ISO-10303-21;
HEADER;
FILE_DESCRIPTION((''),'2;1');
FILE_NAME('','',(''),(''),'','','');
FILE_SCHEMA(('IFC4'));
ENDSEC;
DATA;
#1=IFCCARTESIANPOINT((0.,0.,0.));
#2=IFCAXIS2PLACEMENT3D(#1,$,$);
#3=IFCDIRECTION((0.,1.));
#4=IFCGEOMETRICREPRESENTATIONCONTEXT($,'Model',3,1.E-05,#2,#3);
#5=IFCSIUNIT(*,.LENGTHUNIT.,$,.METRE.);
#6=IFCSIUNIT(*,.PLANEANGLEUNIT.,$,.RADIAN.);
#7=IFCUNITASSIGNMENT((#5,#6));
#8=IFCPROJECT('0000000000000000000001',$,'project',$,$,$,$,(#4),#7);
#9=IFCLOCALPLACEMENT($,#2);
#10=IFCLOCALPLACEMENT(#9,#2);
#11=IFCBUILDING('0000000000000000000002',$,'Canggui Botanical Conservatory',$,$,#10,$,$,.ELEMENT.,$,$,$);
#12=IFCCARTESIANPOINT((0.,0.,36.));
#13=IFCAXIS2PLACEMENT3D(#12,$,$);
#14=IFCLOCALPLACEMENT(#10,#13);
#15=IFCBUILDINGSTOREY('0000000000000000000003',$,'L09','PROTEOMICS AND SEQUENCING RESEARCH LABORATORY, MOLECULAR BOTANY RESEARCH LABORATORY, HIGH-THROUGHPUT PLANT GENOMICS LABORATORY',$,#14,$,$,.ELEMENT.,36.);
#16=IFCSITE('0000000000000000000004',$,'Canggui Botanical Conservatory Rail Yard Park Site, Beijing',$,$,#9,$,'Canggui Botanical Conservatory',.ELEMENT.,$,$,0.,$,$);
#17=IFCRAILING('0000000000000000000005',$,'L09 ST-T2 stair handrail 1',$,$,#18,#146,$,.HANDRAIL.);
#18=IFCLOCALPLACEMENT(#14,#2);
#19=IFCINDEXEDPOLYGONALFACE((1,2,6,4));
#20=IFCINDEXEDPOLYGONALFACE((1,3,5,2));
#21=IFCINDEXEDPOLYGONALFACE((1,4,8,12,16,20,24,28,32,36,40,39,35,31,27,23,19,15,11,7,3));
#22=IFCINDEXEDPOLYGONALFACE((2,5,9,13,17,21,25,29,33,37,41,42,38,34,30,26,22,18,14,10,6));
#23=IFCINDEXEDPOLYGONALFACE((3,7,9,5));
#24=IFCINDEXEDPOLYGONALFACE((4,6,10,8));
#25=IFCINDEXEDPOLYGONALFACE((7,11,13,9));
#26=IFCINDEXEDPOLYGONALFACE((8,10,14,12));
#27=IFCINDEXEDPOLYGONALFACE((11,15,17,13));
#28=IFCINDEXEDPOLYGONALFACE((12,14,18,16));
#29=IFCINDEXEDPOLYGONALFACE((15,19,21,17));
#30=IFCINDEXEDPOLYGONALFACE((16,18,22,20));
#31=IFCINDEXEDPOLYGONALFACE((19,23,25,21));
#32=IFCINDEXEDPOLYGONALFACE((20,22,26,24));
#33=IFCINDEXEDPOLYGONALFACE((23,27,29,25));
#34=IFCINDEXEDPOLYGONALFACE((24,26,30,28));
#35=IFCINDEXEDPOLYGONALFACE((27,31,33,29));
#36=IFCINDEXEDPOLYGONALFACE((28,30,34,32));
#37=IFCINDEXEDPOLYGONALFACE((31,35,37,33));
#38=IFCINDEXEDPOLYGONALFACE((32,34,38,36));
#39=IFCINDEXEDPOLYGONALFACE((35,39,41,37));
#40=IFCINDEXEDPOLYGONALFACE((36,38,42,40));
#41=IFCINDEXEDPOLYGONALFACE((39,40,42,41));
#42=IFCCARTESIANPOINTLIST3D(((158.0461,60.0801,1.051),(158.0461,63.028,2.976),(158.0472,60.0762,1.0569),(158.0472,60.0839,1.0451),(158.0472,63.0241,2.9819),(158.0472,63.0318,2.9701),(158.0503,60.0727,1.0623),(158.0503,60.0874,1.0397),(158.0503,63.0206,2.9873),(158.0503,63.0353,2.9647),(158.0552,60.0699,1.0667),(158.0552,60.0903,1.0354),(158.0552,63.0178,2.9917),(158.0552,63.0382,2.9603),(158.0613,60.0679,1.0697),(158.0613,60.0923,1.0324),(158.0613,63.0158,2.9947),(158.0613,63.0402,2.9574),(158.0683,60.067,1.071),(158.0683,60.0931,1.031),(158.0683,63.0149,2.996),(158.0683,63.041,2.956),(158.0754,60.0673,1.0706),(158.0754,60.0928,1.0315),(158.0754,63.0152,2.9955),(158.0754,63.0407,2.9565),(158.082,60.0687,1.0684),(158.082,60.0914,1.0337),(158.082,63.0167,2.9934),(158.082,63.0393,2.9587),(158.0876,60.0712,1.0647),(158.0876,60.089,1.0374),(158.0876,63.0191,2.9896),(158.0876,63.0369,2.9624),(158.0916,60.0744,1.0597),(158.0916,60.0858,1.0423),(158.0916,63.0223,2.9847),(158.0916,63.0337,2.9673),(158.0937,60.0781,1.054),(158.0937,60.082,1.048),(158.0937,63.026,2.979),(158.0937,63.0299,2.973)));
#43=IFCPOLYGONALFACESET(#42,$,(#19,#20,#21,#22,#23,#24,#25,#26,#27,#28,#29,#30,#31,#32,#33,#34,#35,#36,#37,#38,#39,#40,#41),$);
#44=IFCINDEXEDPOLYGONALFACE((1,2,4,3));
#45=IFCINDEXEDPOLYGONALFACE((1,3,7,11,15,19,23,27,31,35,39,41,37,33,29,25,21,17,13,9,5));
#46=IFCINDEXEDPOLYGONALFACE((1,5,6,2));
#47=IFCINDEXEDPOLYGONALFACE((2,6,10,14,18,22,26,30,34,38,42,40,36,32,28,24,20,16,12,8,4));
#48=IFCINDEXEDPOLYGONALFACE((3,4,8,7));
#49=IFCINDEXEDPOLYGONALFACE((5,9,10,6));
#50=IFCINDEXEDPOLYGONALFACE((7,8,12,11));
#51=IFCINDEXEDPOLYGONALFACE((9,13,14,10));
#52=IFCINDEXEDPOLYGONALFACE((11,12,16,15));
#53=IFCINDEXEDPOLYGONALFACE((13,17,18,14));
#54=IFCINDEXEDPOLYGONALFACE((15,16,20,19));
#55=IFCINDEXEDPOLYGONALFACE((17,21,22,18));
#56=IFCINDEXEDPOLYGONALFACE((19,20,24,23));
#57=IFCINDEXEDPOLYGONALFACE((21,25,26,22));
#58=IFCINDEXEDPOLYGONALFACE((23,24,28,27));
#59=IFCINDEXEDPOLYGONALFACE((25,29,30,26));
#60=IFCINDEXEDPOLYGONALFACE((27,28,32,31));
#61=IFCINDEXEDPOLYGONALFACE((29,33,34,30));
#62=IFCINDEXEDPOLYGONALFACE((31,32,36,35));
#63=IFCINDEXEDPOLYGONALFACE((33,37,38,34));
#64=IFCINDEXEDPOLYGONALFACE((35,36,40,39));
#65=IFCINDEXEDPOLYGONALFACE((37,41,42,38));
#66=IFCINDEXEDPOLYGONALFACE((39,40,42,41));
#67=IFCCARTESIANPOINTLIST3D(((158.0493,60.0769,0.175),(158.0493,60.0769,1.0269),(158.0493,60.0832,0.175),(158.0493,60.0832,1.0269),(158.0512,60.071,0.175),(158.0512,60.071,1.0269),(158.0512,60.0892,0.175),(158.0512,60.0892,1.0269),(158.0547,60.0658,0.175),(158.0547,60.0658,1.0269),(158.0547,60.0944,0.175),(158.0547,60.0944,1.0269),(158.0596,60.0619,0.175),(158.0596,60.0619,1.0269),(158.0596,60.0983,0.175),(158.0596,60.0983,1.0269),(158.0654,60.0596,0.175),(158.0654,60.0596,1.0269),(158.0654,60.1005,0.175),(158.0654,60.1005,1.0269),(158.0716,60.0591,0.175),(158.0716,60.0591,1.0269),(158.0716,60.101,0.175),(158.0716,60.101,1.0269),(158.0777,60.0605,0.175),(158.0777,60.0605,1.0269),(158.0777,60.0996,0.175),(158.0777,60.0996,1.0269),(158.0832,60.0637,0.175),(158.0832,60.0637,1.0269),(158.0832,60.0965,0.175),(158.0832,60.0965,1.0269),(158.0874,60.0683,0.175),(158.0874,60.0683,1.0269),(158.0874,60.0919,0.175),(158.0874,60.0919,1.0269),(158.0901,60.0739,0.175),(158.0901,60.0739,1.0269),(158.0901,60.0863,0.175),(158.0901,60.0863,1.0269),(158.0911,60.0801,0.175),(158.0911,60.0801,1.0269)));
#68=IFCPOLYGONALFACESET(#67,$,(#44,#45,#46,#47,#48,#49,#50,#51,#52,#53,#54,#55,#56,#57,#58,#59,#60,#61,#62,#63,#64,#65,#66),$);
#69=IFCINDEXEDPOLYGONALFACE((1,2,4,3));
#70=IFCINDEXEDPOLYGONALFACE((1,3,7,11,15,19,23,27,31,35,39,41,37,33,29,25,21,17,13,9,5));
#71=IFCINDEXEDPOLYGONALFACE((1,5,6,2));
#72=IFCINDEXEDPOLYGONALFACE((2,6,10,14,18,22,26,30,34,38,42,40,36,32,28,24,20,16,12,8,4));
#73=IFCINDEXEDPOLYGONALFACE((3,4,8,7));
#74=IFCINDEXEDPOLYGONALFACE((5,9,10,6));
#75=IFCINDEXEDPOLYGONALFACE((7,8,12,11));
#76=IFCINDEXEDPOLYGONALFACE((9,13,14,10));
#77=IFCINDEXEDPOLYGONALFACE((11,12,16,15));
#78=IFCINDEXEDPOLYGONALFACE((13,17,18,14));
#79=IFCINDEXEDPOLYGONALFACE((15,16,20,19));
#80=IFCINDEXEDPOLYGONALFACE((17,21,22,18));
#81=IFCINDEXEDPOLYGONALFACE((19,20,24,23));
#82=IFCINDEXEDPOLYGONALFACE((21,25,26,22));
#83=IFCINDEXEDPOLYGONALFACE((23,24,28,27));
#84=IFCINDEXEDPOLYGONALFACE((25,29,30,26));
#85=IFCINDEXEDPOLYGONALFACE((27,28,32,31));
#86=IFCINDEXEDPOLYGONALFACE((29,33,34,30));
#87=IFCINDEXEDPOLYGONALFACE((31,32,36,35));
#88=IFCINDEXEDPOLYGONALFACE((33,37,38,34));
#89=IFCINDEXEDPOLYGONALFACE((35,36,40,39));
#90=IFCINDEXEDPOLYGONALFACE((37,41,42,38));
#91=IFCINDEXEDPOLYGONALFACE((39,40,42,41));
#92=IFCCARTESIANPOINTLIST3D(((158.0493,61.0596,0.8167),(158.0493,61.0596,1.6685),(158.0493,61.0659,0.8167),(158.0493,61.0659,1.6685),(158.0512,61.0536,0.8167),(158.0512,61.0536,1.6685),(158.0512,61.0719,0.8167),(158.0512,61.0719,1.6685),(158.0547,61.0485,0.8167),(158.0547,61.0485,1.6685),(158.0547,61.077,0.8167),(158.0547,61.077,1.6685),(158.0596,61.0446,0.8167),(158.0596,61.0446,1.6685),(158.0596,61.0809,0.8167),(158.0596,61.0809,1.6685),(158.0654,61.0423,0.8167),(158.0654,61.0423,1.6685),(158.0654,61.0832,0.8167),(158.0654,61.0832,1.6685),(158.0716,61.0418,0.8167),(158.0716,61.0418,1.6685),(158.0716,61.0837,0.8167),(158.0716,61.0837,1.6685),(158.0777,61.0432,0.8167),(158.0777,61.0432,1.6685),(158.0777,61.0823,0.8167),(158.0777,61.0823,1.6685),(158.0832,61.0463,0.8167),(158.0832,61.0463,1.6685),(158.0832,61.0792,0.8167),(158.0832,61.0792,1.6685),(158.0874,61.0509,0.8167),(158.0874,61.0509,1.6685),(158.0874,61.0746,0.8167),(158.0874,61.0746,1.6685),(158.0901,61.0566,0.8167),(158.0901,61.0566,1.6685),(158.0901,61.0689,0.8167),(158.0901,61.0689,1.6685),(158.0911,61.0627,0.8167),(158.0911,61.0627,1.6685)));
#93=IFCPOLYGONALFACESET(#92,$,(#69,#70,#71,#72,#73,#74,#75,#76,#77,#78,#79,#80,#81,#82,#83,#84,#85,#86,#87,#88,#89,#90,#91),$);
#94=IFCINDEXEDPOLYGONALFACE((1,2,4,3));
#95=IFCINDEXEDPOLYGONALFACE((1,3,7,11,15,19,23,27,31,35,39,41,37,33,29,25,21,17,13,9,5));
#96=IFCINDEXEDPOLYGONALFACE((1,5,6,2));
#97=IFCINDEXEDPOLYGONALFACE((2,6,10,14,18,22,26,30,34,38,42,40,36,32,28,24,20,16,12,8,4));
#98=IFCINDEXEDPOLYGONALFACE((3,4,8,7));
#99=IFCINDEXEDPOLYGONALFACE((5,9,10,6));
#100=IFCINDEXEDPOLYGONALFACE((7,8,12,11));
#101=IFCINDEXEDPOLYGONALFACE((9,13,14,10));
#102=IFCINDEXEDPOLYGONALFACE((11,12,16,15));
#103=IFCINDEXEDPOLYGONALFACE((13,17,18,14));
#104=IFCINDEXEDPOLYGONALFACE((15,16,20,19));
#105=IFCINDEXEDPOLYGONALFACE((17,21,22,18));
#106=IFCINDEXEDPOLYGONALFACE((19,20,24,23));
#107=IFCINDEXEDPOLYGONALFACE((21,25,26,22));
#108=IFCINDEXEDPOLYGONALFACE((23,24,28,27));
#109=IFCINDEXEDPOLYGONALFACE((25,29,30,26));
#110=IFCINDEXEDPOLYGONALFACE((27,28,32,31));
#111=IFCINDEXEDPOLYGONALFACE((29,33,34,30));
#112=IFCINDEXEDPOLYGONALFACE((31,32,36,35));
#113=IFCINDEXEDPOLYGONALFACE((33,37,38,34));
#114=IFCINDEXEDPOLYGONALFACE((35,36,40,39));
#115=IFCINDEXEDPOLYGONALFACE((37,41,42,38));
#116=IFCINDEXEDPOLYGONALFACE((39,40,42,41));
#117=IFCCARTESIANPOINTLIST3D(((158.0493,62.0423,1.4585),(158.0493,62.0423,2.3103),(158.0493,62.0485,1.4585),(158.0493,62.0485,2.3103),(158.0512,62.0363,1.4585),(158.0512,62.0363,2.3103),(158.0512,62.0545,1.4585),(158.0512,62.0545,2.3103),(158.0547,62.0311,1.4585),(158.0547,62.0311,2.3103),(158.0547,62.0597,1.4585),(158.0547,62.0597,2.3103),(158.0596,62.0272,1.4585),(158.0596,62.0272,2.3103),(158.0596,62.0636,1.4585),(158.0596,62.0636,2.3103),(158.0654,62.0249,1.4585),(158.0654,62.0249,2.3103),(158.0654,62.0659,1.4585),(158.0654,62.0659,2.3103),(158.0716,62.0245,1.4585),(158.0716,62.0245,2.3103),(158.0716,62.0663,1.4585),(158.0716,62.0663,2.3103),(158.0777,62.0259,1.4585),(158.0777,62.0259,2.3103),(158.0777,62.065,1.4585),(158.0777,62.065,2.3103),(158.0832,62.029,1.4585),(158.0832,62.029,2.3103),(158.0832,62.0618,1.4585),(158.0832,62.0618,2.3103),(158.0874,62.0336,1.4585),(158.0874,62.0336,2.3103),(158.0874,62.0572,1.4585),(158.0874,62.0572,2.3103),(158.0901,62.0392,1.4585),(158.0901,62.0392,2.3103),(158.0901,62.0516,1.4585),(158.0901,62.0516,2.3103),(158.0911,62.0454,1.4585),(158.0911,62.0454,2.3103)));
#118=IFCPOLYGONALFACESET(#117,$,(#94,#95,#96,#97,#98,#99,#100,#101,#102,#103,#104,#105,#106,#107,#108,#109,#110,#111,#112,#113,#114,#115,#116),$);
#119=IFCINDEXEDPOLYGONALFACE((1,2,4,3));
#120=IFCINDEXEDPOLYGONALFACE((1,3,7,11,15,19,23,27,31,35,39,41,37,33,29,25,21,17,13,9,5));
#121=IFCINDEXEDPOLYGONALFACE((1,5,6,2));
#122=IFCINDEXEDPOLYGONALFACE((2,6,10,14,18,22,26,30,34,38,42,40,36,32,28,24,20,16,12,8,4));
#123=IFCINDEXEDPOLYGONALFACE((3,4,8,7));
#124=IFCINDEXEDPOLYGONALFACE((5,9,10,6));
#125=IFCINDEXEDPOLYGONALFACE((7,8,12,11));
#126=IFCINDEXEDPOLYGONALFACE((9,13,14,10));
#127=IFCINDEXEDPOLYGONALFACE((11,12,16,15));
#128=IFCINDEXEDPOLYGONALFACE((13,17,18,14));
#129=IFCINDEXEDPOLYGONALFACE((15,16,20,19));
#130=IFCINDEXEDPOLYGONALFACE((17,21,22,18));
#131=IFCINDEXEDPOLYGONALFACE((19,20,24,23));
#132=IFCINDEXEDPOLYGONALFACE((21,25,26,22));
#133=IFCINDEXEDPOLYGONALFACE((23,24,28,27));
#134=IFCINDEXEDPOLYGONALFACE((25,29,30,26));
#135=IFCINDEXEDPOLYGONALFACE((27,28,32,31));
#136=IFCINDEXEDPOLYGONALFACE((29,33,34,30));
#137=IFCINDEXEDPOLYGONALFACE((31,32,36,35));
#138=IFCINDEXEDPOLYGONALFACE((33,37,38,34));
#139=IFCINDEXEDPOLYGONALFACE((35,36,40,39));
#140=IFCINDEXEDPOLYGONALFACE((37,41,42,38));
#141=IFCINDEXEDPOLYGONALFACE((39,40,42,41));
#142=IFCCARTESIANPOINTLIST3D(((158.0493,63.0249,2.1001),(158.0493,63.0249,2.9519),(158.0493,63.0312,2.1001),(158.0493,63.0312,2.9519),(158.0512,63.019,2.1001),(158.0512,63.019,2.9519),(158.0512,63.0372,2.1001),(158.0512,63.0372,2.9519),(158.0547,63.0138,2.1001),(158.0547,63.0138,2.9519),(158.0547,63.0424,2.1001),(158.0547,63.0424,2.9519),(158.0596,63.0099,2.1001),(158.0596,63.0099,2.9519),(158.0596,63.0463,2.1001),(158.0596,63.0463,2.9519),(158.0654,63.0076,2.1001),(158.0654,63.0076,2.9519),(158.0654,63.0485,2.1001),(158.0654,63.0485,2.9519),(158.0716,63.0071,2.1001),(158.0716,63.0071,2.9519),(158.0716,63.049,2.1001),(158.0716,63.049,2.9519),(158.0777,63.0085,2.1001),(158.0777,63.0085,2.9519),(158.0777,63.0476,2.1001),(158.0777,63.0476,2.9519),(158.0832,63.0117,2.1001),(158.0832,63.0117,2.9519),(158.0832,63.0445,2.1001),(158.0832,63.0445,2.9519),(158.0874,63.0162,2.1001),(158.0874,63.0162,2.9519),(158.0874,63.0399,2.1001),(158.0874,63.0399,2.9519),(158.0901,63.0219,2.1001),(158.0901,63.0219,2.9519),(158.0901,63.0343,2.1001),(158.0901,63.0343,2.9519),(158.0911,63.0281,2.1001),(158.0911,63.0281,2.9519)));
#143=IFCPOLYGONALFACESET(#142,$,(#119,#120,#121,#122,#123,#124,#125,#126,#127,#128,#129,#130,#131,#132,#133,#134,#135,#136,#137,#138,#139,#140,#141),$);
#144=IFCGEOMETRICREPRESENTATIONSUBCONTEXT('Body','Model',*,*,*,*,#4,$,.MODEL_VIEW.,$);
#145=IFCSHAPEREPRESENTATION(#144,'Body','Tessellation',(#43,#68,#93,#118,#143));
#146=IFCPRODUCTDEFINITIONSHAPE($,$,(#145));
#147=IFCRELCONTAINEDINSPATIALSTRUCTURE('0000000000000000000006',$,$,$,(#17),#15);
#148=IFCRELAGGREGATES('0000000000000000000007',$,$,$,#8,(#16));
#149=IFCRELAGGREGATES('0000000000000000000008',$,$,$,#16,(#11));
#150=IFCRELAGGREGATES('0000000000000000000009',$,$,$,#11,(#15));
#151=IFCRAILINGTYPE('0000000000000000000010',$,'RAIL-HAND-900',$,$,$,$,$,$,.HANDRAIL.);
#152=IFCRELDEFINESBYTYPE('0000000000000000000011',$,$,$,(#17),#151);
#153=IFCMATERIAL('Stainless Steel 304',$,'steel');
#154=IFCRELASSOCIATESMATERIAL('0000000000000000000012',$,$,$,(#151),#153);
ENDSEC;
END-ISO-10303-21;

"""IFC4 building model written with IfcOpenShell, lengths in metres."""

from ifc_helpers import new_model, si_unit, direction, frame, origin, origin_2d, place, context, subcontext, project, spatial, circle, extrude, material, type_object, element, save


model = new_model("IFC4")

# Units and contexts
model_context = context("Model", 3, precision=1e-05, world=origin(), true_north=direction((0.0, 1.0)))
body_context = subcontext(model_context, "Body", "Model", "MODEL_VIEW")
ifc_project = project(units=[si_unit("LENGTHUNIT", "METRE"), si_unit("PLANEANGLEUNIT", "RADIAN")], contexts=[model_context])

# Site, building, storey
site_placement = place(None, origin())
site = spatial("IfcSite", under=ifc_project, at=site_placement, Name="Canggui Botanical Conservatory Rail Yard Park Site, Beijing", LongName="Canggui Botanical Conservatory", CompositionType="ELEMENT", RefElevation=0.0)
building_placement = place(site_placement, origin())
building = spatial("IfcBuilding", under=site, at=building_placement, Name="Canggui Botanical Conservatory", CompositionType="ELEMENT")
storey_placement = place(building_placement, frame((0.0, 0.0, 36.0)))
storey = spatial("IfcBuildingStorey", under=building, at=storey_placement, Name="L09", Description="PROTEOMICS AND SEQUENCING RESEARCH LABORATORY, MOLECULAR BOTANY RESEARCH LABORATORY, HIGH-THROUGHPUT PLANT GENOMICS LABORATORY", CompositionType="ELEMENT", Elevation=36.0)

# Railing
ifc_material_1 = material(Name="Stainless Steel 304", Category="steel")
railing_type_1 = type_object("IfcRailingType", Name="RAIL-HAND-900", PredefinedType="HANDRAIL", material=ifc_material_1)
railing_1_placement = place(storey_placement, frame((158.0701, 60.0801, 0.175)))
element("IfcRailing", 1, at=railing_1_placement, inside=storey, type_object=railing_type_1, Name="L09 ST-T2 stair handrail 1", PredefinedType="HANDRAIL", context=body_context, shape_type="SweptSolid", body=[
    extrude(circle(Radius=0.0239, at=origin_2d()), frame((0.0, 0.0, 0.876), z_axis=(0.0, 0.837293, 0.546754), x_axis=(-1.0, 0.0, 0.0)), (0.0, 0.0, 1.0), 3.5208),
    extrude(circle(Radius=0.021, at=origin_2d()), origin(), (0.0, 0.0, 1.0), 0.8518),
    extrude(circle(Radius=0.021, at=origin_2d()), frame((0.0, 0.9827, 0.6416)), (0.0, 0.0, 1.0), 0.8518),
    extrude(circle(Radius=0.021, at=origin_2d()), frame((0.0, 1.9653, 1.2834)), (0.0, 0.0, 1.0), 0.8518),
    extrude(circle(Radius=0.021, at=origin_2d()), frame((0.0, 2.948, 1.925)), (0.0, 0.0, 1.0), 0.8518),
])

save(model, "model.ifc")
